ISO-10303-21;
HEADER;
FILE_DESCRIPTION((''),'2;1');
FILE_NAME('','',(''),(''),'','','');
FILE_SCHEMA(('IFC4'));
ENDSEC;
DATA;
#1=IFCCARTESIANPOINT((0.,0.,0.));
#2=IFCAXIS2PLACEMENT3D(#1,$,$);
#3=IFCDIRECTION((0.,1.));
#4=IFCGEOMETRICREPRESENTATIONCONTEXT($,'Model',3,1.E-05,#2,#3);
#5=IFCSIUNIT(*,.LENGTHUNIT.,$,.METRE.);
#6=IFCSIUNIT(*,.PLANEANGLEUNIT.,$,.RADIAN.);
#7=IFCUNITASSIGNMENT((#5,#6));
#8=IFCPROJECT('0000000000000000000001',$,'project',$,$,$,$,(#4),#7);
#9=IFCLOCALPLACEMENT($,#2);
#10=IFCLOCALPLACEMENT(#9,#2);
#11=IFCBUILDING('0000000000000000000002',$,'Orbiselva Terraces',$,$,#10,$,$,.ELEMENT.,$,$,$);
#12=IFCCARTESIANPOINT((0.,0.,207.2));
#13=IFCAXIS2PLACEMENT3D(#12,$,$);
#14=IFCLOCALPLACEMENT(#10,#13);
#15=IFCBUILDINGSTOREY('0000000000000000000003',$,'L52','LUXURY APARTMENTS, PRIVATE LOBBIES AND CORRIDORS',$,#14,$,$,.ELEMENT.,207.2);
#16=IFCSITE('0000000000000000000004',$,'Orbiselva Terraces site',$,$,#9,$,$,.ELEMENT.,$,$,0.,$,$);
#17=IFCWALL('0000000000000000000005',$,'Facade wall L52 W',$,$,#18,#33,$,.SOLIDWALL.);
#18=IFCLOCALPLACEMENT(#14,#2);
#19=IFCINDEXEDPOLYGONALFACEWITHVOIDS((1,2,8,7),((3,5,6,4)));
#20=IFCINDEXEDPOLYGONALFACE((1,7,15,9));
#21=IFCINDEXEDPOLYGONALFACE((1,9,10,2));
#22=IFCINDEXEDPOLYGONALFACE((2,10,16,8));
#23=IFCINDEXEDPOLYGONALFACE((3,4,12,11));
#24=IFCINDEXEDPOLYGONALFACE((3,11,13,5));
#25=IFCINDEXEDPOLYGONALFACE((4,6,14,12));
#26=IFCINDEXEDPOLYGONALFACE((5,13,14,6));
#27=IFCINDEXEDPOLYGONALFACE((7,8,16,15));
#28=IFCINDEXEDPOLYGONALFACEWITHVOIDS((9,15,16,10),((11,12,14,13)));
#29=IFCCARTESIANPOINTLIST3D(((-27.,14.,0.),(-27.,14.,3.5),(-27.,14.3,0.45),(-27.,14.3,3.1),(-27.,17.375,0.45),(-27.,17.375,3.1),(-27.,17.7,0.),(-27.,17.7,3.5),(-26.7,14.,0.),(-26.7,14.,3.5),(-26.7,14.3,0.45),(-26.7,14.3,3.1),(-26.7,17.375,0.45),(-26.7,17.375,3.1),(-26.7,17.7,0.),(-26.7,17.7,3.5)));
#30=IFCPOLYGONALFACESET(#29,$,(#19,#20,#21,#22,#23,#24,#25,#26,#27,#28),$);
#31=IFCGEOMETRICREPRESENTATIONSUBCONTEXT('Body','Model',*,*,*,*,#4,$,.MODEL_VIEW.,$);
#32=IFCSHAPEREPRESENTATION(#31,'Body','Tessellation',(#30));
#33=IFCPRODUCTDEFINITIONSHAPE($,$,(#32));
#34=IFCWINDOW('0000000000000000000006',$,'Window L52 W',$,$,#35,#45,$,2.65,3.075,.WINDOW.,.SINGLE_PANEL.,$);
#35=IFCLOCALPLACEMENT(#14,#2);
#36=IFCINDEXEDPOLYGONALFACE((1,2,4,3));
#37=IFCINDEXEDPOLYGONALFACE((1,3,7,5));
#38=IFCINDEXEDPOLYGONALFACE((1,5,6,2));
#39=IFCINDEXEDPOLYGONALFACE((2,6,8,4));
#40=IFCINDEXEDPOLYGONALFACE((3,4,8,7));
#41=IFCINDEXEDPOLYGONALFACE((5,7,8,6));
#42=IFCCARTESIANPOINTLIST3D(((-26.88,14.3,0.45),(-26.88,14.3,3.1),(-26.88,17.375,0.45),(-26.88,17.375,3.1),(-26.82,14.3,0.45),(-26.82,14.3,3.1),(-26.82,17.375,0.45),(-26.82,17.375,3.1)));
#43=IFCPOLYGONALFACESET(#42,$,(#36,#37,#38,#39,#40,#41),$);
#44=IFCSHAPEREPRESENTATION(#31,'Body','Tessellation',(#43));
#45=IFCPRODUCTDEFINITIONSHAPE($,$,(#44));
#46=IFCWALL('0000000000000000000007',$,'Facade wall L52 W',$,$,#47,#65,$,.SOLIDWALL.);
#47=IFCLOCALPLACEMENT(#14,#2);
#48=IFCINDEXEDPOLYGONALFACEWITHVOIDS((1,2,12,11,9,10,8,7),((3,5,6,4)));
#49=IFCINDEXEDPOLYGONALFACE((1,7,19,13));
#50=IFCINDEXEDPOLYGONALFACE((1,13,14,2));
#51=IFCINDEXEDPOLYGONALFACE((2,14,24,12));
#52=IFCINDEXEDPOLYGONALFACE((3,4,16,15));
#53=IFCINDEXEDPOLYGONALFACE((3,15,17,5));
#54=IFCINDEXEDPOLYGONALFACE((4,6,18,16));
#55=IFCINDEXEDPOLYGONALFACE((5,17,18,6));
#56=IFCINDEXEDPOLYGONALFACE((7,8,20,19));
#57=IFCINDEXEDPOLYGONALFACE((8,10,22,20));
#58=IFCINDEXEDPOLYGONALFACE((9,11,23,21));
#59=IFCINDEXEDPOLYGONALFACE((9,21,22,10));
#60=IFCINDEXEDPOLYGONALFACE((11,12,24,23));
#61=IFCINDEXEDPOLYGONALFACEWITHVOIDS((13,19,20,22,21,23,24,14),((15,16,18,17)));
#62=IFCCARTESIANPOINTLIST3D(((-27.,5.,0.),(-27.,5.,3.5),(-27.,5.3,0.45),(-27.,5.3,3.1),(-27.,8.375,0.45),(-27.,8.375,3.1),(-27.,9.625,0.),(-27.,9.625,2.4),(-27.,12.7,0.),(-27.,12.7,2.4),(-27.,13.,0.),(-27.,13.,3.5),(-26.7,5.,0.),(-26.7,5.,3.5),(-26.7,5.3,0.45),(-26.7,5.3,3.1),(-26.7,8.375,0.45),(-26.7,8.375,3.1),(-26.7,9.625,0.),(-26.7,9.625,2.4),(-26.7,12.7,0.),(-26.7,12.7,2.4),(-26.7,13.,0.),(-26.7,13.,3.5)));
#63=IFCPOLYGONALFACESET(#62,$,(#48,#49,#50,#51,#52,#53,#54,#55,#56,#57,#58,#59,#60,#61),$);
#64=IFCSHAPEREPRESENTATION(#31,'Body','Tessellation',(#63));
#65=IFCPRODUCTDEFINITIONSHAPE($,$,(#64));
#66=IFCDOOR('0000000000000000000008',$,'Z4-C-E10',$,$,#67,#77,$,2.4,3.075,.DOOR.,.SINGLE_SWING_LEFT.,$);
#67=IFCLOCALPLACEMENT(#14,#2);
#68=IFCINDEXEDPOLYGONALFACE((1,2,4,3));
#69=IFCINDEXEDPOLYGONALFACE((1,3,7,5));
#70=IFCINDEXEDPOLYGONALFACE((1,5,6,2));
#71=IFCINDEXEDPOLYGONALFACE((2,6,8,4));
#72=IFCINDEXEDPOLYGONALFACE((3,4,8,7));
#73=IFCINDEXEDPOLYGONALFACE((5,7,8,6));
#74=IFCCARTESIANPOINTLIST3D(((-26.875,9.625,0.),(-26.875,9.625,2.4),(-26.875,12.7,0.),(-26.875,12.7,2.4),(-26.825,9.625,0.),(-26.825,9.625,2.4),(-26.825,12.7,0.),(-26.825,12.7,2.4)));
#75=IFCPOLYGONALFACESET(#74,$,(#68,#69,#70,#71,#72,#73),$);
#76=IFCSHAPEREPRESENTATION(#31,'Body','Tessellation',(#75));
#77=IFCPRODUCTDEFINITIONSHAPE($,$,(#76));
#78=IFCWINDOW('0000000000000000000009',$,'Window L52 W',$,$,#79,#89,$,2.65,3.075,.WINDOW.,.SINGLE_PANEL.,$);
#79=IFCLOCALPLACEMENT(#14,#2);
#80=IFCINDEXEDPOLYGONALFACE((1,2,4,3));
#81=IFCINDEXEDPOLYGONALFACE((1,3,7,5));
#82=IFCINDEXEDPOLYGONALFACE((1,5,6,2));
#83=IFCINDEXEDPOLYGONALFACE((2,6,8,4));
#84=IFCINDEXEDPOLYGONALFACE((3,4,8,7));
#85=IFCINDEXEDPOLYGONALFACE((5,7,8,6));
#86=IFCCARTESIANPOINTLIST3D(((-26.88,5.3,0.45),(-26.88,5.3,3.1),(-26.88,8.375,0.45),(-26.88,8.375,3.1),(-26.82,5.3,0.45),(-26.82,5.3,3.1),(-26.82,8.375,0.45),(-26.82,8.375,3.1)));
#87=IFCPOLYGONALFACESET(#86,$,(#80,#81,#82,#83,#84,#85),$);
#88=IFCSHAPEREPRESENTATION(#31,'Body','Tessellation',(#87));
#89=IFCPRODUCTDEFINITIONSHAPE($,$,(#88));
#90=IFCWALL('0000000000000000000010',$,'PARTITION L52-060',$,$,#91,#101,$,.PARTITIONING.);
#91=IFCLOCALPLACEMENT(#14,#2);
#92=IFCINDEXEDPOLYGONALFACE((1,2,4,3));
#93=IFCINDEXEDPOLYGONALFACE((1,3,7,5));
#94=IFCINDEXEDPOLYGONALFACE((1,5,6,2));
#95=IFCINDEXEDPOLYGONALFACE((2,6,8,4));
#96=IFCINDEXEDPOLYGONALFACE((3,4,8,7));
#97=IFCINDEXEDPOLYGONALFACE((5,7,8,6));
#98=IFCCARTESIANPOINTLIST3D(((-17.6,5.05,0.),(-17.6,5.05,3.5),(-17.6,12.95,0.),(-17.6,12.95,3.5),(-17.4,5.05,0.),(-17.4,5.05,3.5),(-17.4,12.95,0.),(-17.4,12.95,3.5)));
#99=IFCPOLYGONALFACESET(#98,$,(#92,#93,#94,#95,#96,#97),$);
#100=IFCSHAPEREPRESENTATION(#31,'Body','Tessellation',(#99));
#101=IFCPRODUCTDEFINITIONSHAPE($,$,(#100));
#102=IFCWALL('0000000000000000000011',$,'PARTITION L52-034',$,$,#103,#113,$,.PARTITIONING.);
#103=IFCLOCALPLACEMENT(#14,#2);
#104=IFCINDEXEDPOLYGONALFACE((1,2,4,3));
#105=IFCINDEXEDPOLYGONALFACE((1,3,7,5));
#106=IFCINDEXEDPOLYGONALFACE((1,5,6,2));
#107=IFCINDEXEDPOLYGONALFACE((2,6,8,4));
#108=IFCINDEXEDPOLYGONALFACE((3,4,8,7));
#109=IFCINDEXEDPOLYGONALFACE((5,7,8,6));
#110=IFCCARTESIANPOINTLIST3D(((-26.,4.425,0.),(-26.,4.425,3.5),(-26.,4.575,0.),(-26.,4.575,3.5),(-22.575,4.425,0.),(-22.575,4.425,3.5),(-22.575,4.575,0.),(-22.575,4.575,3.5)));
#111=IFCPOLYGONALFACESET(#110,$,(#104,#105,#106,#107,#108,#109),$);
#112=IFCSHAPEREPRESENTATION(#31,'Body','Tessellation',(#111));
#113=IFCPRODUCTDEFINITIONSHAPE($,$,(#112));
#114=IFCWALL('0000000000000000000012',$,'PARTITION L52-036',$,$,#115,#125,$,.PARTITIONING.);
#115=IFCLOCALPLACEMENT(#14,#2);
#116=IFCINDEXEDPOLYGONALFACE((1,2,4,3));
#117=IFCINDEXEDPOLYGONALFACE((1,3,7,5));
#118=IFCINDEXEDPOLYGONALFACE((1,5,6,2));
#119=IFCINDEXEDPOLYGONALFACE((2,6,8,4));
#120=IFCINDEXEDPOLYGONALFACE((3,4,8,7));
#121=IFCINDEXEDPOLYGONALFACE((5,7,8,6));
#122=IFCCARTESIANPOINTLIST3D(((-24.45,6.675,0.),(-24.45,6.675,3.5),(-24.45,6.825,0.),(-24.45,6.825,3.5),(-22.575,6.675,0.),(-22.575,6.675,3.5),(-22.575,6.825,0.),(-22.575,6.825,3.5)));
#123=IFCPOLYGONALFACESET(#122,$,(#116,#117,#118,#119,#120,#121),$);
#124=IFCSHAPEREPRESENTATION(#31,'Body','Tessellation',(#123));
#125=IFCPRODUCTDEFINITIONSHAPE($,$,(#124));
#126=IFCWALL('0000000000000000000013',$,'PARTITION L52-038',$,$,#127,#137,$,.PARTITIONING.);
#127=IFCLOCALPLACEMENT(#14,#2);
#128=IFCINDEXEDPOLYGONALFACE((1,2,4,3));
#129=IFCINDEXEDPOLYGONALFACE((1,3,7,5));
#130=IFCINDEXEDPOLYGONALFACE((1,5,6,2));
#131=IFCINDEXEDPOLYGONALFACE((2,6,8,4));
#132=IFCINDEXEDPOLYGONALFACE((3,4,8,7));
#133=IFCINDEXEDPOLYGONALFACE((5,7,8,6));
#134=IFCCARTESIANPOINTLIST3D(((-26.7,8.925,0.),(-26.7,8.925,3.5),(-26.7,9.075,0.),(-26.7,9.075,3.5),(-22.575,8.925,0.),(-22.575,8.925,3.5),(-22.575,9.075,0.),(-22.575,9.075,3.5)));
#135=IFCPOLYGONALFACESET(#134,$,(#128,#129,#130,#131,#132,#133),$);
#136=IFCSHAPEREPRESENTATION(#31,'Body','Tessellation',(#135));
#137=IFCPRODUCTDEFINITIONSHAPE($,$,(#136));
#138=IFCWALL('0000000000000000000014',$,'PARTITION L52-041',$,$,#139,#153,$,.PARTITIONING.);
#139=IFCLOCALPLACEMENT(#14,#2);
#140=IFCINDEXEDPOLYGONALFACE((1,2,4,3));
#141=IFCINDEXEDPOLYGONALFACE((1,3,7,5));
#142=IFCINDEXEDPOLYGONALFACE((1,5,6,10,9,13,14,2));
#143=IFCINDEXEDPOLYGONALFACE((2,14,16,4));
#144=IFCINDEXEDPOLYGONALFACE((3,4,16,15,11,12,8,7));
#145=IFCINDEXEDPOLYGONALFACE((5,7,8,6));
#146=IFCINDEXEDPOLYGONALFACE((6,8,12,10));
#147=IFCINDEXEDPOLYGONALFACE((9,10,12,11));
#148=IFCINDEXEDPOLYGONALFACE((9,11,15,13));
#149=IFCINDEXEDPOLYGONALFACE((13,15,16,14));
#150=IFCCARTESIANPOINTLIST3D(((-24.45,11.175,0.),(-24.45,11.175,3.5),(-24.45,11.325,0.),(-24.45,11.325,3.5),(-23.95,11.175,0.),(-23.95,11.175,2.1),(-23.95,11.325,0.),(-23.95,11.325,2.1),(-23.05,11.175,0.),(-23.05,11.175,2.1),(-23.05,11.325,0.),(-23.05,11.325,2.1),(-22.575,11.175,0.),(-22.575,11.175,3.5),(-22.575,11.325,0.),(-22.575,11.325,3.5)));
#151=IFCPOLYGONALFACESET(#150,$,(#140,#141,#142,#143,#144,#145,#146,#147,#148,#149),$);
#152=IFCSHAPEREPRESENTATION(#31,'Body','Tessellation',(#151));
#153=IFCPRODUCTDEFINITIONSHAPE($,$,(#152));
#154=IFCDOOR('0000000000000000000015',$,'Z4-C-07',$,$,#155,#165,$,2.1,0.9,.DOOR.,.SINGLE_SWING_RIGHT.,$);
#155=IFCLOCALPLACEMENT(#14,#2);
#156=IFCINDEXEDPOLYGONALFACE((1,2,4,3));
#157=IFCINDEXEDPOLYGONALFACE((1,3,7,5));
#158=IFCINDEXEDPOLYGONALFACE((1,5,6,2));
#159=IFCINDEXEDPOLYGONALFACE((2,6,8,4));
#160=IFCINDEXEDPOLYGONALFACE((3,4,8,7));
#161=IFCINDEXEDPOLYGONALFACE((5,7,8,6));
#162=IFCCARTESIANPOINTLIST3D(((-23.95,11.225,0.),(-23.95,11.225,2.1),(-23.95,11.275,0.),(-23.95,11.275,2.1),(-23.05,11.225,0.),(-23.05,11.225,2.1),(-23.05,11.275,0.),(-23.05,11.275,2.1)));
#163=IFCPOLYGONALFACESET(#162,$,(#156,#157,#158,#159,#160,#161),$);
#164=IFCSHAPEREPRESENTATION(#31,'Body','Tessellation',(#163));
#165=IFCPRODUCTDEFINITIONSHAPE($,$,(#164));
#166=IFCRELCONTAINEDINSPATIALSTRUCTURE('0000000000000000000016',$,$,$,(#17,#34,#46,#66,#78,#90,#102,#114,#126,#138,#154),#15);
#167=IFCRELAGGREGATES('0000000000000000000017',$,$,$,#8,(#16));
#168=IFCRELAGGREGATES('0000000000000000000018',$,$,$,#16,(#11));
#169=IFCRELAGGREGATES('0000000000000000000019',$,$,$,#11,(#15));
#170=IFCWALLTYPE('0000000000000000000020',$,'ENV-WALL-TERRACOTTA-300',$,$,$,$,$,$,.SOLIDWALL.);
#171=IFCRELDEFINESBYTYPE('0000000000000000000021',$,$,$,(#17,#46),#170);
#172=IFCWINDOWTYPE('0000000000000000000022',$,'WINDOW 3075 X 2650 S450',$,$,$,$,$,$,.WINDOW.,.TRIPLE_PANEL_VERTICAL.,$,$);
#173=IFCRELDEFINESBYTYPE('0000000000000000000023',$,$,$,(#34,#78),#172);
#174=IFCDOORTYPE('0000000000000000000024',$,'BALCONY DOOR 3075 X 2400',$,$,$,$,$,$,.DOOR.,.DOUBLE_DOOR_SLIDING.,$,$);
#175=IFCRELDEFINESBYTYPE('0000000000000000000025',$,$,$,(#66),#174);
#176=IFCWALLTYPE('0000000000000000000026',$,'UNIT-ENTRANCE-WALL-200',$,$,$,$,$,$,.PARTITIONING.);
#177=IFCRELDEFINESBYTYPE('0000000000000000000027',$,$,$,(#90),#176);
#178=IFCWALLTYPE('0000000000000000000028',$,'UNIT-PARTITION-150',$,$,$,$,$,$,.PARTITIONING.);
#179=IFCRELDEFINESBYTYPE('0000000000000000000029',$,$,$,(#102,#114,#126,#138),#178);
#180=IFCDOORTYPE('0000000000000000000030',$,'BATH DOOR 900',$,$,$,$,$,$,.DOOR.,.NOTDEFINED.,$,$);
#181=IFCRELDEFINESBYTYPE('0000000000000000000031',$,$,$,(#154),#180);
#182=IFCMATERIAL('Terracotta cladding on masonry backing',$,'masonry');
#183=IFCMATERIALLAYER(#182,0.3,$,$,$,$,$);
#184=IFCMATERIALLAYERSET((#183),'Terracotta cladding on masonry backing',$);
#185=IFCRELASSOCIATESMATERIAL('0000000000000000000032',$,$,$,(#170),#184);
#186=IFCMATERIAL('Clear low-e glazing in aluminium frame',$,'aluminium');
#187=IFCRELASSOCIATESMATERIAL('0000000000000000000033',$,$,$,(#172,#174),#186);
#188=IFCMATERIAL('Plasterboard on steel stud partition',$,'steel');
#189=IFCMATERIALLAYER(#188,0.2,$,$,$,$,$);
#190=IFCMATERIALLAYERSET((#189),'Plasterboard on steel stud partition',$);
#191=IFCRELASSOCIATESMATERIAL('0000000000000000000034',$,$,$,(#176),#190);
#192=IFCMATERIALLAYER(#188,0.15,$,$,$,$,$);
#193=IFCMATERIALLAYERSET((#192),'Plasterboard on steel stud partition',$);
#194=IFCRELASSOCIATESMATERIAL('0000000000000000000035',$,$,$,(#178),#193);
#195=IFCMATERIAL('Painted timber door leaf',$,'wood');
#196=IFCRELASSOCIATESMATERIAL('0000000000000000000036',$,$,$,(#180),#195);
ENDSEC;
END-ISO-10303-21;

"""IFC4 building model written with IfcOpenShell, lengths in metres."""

from ifc_helpers import new_model, si_unit, direction, frame, frame_2d, origin, place, context, subcontext, project, spatial, rectangle, extrude, material, layer, layer_set, type_object, element, fill, save


model = new_model("IFC4")

# Units and contexts
model_context = context("Model", 3, precision=1e-05, world=origin(), true_north=direction((0.0, 1.0)))
body_context = subcontext(model_context, "Body", "Model", "MODEL_VIEW")
ifc_project = project(units=[si_unit("LENGTHUNIT", "METRE"), si_unit("PLANEANGLEUNIT", "RADIAN")], contexts=[model_context])

# Site, building, storey
site_placement = place(None, origin())
site = spatial("IfcSite", under=ifc_project, at=site_placement, Name="Orbiselva Terraces site", CompositionType="ELEMENT", RefElevation=0.0)
building_placement = place(site_placement, origin())
building = spatial("IfcBuilding", under=site, at=building_placement, Name="Orbiselva Terraces", CompositionType="ELEMENT")
storey_placement = place(building_placement, frame((0.0, 0.0, 207.2)))
storey = spatial("IfcBuildingStorey", under=building, at=storey_placement, Name="L52", Description="LUXURY APARTMENTS, PRIVATE LOBBIES AND CORRIDORS", CompositionType="ELEMENT", Elevation=207.2)

# Wall, opening, window
ifc_material_1 = material(Name="Terracotta cladding on masonry backing", Category="masonry")
ifc_layer_1 = layer(ifc_material_1, 0.3)
ifc_layer_set_1 = layer_set([ifc_layer_1], Name="Terracotta cladding on masonry backing")
wall_type_1 = type_object("IfcWallType", Name="ENV-WALL-TERRACOTTA-300", PredefinedType="SOLIDWALL", material=ifc_layer_set_1)
wall_1_placement = place(storey_placement, frame((-26.85, 14.0, 0.0), z_axis=(0.0, 0.0, 1.0), x_axis=(0.0, 1.0, 0.0)))
wall_1 = element("IfcWall", 1, at=wall_1_placement, inside=storey, type_object=wall_type_1, Name="Facade wall L52 W", PredefinedType="SOLIDWALL", context=body_context, shape_type="SweptSolid", body=[
    extrude(rectangle(XDim=3.7, YDim=0.3, at=frame_2d((1.85, 0.0))), origin(), (0.0, 0.0, 1.0), 3.5),
])
opening_1_placement = place(wall_1_placement, frame((0.3, 0.0, 0.45)))
opening_1 = element("IfcOpeningElement", 2, at=opening_1_placement, cuts=wall_1, PredefinedType="OPENING", context=body_context, shape_type="SweptSolid", body=[
    extrude(rectangle(XDim=3.075, YDim=2.65, at=frame_2d((1.5375, 1.325))), frame((0.0, 0.16, 0.0), z_axis=(0.0, -1.0, 0.0), x_axis=(1.0, 0.0, 0.0)), (0.0, 0.0, 1.0), 0.32),
])
ifc_material_2 = material(Name="Clear low-e glazing in aluminium frame", Category="aluminium")
window_type = type_object("IfcWindowType", Name="WINDOW 3075 X 2650 S450", PartitioningType="TRIPLE_PANEL_VERTICAL", PredefinedType="WINDOW", material=ifc_material_2)
window_1_placement = place(opening_1_placement, origin())
window_1 = element("IfcWindow", 3, at=window_1_placement, inside=storey, type_object=window_type, Name="Window L52 W", OverallHeight=2.65, OverallWidth=3.075, PartitioningType="SINGLE_PANEL", PredefinedType="WINDOW", context=body_context, shape_type="SweptSolid", body=[
    extrude(rectangle(XDim=3.075, YDim=2.65, at=frame_2d((1.5375, 1.325))), frame((0.0, 0.03, 0.0), z_axis=(0.0, -1.0, 0.0), x_axis=(1.0, 0.0, 0.0)), (0.0, 0.0, 1.0), 0.06),
])
fill(opening_1, window_1)

# Wall, openings, door, window
wall_2_placement = place(storey_placement, frame((-26.85, 5.0, 0.0), z_axis=(0.0, 0.0, 1.0), x_axis=(0.0, 1.0, 0.0)))
wall_2 = element("IfcWall", 4, at=wall_2_placement, inside=storey, type_object=wall_type_1, Name="Facade wall L52 W", PredefinedType="SOLIDWALL", context=body_context, shape_type="SweptSolid", body=[
    extrude(rectangle(XDim=8.0, YDim=0.3, at=frame_2d((4.0, 0.0))), origin(), (0.0, 0.0, 1.0), 3.5),
])
opening_2_placement = place(wall_2_placement, frame((4.625, 0.0, 0.0)))
opening_2 = element("IfcOpeningElement", 5, at=opening_2_placement, cuts=wall_2, PredefinedType="OPENING", context=body_context, shape_type="SweptSolid", body=[
    extrude(rectangle(XDim=3.075, YDim=2.4, at=frame_2d((1.5375, 1.2))), frame((0.0, 0.16, 0.0), z_axis=(0.0, -1.0, 0.0), x_axis=(1.0, 0.0, 0.0)), (0.0, 0.0, 1.0), 0.32),
])
opening_3_placement = place(wall_2_placement, frame((0.3, 0.0, 0.45)))
opening_3 = element("IfcOpeningElement", 6, at=opening_3_placement, cuts=wall_2, PredefinedType="OPENING", context=body_context, shape_type="SweptSolid", body=[
    extrude(rectangle(XDim=3.075, YDim=2.65, at=frame_2d((1.5375, 1.325))), frame((0.0, 0.16, 0.0), z_axis=(0.0, -1.0, 0.0), x_axis=(1.0, 0.0, 0.0)), (0.0, 0.0, 1.0), 0.32),
])
door_type_1 = type_object("IfcDoorType", Name="BALCONY DOOR 3075 X 2400", OperationType="DOUBLE_DOOR_SLIDING", PredefinedType="DOOR", material=ifc_material_2)
door_1_placement = place(opening_2_placement, origin())
door_1 = element("IfcDoor", 7, at=door_1_placement, inside=storey, type_object=door_type_1, Name="Z4-C-E10", OperationType="SINGLE_SWING_LEFT", OverallHeight=2.4, OverallWidth=3.075, PredefinedType="DOOR", context=body_context, shape_type="SweptSolid", body=[
    extrude(rectangle(XDim=3.075, YDim=2.4, at=frame_2d((1.5375, 1.2))), frame((0.0, 0.025, 0.0), z_axis=(0.0, -1.0, 0.0), x_axis=(1.0, 0.0, 0.0)), (0.0, 0.0, 1.0), 0.05),
])
fill(opening_2, door_1)
window_2_placement = place(opening_3_placement, origin())
window_2 = element("IfcWindow", 8, at=window_2_placement, inside=storey, type_object=window_type, Name="Window L52 W", OverallHeight=2.65, OverallWidth=3.075, PartitioningType="SINGLE_PANEL", PredefinedType="WINDOW", context=body_context, shape_type="SweptSolid", body=[
    extrude(rectangle(XDim=3.075, YDim=2.65, at=frame_2d((1.5375, 1.325))), frame((0.0, 0.03, 0.0), z_axis=(0.0, -1.0, 0.0), x_axis=(1.0, 0.0, 0.0)), (0.0, 0.0, 1.0), 0.06),
])
fill(opening_3, window_2)

# Walls
ifc_material_3 = material(Name="Plasterboard on steel stud partition", Category="steel")
ifc_layer_2 = layer(ifc_material_3, 0.2)
ifc_layer_set_2 = layer_set([ifc_layer_2], Name="Plasterboard on steel stud partition")
wall_type_2 = type_object("IfcWallType", Name="UNIT-ENTRANCE-WALL-200", PredefinedType="PARTITIONING", material=ifc_layer_set_2)
wall_3_placement = place(storey_placement, frame((-17.5, 5.05, 0.0), z_axis=(0.0, 0.0, 1.0), x_axis=(0.0, 1.0, 0.0)))
element("IfcWall", 9, at=wall_3_placement, inside=storey, type_object=wall_type_2, Name="PARTITION L52-060", PredefinedType="PARTITIONING", context=body_context, shape_type="SweptSolid", body=[
    extrude(rectangle(XDim=7.9, YDim=0.2, at=frame_2d((3.95, 0.0))), origin(), (0.0, 0.0, 1.0), 3.5),
])
ifc_layer_3 = layer(ifc_material_3, 0.15)
ifc_layer_set_3 = layer_set([ifc_layer_3], Name="Plasterboard on steel stud partition")
wall_type_3 = type_object("IfcWallType", Name="UNIT-PARTITION-150", PredefinedType="PARTITIONING", material=ifc_layer_set_3)
wall_4_placement = place(storey_placement, frame((-26.0, 4.5, 0.0), z_axis=(0.0, 0.0, 1.0), x_axis=(1.0, 0.0, 0.0)))
element("IfcWall", 10, at=wall_4_placement, inside=storey, type_object=wall_type_3, Name="PARTITION L52-034", PredefinedType="PARTITIONING", context=body_context, shape_type="SweptSolid", body=[
    extrude(rectangle(XDim=3.425, YDim=0.15, at=frame_2d((1.7125, 0.0))), origin(), (0.0, 0.0, 1.0), 3.5),
])
wall_5_placement = place(storey_placement, frame((-24.45, 6.75, 0.0), z_axis=(0.0, 0.0, 1.0), x_axis=(1.0, 0.0, 0.0)))
element("IfcWall", 11, at=wall_5_placement, inside=storey, type_object=wall_type_3, Name="PARTITION L52-036", PredefinedType="PARTITIONING", context=body_context, shape_type="SweptSolid", body=[
    extrude(rectangle(XDim=1.875, YDim=0.15, at=frame_2d((0.9375, 0.0))), origin(), (0.0, 0.0, 1.0), 3.5),
])
wall_6_placement = place(storey_placement, frame((-26.7, 9.0, 0.0), z_axis=(0.0, 0.0, 1.0), x_axis=(1.0, 0.0, 0.0)))
element("IfcWall", 12, at=wall_6_placement, inside=storey, type_object=wall_type_3, Name="PARTITION L52-038", PredefinedType="PARTITIONING", context=body_context, shape_type="SweptSolid", body=[
    extrude(rectangle(XDim=4.125, YDim=0.15, at=frame_2d((2.0625, 0.0))), origin(), (0.0, 0.0, 1.0), 3.5),
])

# Wall, opening, door
wall_7_placement = place(storey_placement, frame((-24.45, 11.25, 0.0), z_axis=(0.0, 0.0, 1.0), x_axis=(1.0, 0.0, 0.0)))
wall_7 = element("IfcWall", 13, at=wall_7_placement, inside=storey, type_object=wall_type_3, Name="PARTITION L52-041", PredefinedType="PARTITIONING", context=body_context, shape_type="SweptSolid", body=[
    extrude(rectangle(XDim=1.875, YDim=0.15, at=frame_2d((0.9375, 0.0))), origin(), (0.0, 0.0, 1.0), 3.5),
])
opening_4_placement = place(wall_7_placement, frame((0.5, 0.0, 0.0)))
opening_4 = element("IfcOpeningElement", 14, at=opening_4_placement, cuts=wall_7, PredefinedType="OPENING", context=body_context, shape_type="SweptSolid", body=[
    extrude(rectangle(XDim=0.9, YDim=2.1, at=frame_2d((0.45, 1.05))), frame((0.0, 0.085, 0.0), z_axis=(0.0, -1.0, 0.0), x_axis=(1.0, 0.0, 0.0)), (0.0, 0.0, 1.0), 0.17),
])
ifc_material_4 = material(Name="Painted timber door leaf", Category="wood")
door_type_2 = type_object("IfcDoorType", Name="BATH DOOR 900", OperationType="NOTDEFINED", PredefinedType="DOOR", material=ifc_material_4)
door_2_placement = place(opening_4_placement, origin())
door_2 = element("IfcDoor", 15, at=door_2_placement, inside=storey, type_object=door_type_2, Name="Z4-C-07", OperationType="SINGLE_SWING_RIGHT", OverallHeight=2.1, OverallWidth=0.9, PredefinedType="DOOR", context=body_context, shape_type="SweptSolid", body=[
    extrude(rectangle(XDim=0.9, YDim=2.1, at=frame_2d((0.45, 1.05))), frame((0.0, 0.025, 0.0), z_axis=(0.0, -1.0, 0.0), x_axis=(1.0, 0.0, 0.0)), (0.0, 0.0, 1.0), 0.05),
])
fill(opening_4, door_2)

save(model, "model.ifc")
